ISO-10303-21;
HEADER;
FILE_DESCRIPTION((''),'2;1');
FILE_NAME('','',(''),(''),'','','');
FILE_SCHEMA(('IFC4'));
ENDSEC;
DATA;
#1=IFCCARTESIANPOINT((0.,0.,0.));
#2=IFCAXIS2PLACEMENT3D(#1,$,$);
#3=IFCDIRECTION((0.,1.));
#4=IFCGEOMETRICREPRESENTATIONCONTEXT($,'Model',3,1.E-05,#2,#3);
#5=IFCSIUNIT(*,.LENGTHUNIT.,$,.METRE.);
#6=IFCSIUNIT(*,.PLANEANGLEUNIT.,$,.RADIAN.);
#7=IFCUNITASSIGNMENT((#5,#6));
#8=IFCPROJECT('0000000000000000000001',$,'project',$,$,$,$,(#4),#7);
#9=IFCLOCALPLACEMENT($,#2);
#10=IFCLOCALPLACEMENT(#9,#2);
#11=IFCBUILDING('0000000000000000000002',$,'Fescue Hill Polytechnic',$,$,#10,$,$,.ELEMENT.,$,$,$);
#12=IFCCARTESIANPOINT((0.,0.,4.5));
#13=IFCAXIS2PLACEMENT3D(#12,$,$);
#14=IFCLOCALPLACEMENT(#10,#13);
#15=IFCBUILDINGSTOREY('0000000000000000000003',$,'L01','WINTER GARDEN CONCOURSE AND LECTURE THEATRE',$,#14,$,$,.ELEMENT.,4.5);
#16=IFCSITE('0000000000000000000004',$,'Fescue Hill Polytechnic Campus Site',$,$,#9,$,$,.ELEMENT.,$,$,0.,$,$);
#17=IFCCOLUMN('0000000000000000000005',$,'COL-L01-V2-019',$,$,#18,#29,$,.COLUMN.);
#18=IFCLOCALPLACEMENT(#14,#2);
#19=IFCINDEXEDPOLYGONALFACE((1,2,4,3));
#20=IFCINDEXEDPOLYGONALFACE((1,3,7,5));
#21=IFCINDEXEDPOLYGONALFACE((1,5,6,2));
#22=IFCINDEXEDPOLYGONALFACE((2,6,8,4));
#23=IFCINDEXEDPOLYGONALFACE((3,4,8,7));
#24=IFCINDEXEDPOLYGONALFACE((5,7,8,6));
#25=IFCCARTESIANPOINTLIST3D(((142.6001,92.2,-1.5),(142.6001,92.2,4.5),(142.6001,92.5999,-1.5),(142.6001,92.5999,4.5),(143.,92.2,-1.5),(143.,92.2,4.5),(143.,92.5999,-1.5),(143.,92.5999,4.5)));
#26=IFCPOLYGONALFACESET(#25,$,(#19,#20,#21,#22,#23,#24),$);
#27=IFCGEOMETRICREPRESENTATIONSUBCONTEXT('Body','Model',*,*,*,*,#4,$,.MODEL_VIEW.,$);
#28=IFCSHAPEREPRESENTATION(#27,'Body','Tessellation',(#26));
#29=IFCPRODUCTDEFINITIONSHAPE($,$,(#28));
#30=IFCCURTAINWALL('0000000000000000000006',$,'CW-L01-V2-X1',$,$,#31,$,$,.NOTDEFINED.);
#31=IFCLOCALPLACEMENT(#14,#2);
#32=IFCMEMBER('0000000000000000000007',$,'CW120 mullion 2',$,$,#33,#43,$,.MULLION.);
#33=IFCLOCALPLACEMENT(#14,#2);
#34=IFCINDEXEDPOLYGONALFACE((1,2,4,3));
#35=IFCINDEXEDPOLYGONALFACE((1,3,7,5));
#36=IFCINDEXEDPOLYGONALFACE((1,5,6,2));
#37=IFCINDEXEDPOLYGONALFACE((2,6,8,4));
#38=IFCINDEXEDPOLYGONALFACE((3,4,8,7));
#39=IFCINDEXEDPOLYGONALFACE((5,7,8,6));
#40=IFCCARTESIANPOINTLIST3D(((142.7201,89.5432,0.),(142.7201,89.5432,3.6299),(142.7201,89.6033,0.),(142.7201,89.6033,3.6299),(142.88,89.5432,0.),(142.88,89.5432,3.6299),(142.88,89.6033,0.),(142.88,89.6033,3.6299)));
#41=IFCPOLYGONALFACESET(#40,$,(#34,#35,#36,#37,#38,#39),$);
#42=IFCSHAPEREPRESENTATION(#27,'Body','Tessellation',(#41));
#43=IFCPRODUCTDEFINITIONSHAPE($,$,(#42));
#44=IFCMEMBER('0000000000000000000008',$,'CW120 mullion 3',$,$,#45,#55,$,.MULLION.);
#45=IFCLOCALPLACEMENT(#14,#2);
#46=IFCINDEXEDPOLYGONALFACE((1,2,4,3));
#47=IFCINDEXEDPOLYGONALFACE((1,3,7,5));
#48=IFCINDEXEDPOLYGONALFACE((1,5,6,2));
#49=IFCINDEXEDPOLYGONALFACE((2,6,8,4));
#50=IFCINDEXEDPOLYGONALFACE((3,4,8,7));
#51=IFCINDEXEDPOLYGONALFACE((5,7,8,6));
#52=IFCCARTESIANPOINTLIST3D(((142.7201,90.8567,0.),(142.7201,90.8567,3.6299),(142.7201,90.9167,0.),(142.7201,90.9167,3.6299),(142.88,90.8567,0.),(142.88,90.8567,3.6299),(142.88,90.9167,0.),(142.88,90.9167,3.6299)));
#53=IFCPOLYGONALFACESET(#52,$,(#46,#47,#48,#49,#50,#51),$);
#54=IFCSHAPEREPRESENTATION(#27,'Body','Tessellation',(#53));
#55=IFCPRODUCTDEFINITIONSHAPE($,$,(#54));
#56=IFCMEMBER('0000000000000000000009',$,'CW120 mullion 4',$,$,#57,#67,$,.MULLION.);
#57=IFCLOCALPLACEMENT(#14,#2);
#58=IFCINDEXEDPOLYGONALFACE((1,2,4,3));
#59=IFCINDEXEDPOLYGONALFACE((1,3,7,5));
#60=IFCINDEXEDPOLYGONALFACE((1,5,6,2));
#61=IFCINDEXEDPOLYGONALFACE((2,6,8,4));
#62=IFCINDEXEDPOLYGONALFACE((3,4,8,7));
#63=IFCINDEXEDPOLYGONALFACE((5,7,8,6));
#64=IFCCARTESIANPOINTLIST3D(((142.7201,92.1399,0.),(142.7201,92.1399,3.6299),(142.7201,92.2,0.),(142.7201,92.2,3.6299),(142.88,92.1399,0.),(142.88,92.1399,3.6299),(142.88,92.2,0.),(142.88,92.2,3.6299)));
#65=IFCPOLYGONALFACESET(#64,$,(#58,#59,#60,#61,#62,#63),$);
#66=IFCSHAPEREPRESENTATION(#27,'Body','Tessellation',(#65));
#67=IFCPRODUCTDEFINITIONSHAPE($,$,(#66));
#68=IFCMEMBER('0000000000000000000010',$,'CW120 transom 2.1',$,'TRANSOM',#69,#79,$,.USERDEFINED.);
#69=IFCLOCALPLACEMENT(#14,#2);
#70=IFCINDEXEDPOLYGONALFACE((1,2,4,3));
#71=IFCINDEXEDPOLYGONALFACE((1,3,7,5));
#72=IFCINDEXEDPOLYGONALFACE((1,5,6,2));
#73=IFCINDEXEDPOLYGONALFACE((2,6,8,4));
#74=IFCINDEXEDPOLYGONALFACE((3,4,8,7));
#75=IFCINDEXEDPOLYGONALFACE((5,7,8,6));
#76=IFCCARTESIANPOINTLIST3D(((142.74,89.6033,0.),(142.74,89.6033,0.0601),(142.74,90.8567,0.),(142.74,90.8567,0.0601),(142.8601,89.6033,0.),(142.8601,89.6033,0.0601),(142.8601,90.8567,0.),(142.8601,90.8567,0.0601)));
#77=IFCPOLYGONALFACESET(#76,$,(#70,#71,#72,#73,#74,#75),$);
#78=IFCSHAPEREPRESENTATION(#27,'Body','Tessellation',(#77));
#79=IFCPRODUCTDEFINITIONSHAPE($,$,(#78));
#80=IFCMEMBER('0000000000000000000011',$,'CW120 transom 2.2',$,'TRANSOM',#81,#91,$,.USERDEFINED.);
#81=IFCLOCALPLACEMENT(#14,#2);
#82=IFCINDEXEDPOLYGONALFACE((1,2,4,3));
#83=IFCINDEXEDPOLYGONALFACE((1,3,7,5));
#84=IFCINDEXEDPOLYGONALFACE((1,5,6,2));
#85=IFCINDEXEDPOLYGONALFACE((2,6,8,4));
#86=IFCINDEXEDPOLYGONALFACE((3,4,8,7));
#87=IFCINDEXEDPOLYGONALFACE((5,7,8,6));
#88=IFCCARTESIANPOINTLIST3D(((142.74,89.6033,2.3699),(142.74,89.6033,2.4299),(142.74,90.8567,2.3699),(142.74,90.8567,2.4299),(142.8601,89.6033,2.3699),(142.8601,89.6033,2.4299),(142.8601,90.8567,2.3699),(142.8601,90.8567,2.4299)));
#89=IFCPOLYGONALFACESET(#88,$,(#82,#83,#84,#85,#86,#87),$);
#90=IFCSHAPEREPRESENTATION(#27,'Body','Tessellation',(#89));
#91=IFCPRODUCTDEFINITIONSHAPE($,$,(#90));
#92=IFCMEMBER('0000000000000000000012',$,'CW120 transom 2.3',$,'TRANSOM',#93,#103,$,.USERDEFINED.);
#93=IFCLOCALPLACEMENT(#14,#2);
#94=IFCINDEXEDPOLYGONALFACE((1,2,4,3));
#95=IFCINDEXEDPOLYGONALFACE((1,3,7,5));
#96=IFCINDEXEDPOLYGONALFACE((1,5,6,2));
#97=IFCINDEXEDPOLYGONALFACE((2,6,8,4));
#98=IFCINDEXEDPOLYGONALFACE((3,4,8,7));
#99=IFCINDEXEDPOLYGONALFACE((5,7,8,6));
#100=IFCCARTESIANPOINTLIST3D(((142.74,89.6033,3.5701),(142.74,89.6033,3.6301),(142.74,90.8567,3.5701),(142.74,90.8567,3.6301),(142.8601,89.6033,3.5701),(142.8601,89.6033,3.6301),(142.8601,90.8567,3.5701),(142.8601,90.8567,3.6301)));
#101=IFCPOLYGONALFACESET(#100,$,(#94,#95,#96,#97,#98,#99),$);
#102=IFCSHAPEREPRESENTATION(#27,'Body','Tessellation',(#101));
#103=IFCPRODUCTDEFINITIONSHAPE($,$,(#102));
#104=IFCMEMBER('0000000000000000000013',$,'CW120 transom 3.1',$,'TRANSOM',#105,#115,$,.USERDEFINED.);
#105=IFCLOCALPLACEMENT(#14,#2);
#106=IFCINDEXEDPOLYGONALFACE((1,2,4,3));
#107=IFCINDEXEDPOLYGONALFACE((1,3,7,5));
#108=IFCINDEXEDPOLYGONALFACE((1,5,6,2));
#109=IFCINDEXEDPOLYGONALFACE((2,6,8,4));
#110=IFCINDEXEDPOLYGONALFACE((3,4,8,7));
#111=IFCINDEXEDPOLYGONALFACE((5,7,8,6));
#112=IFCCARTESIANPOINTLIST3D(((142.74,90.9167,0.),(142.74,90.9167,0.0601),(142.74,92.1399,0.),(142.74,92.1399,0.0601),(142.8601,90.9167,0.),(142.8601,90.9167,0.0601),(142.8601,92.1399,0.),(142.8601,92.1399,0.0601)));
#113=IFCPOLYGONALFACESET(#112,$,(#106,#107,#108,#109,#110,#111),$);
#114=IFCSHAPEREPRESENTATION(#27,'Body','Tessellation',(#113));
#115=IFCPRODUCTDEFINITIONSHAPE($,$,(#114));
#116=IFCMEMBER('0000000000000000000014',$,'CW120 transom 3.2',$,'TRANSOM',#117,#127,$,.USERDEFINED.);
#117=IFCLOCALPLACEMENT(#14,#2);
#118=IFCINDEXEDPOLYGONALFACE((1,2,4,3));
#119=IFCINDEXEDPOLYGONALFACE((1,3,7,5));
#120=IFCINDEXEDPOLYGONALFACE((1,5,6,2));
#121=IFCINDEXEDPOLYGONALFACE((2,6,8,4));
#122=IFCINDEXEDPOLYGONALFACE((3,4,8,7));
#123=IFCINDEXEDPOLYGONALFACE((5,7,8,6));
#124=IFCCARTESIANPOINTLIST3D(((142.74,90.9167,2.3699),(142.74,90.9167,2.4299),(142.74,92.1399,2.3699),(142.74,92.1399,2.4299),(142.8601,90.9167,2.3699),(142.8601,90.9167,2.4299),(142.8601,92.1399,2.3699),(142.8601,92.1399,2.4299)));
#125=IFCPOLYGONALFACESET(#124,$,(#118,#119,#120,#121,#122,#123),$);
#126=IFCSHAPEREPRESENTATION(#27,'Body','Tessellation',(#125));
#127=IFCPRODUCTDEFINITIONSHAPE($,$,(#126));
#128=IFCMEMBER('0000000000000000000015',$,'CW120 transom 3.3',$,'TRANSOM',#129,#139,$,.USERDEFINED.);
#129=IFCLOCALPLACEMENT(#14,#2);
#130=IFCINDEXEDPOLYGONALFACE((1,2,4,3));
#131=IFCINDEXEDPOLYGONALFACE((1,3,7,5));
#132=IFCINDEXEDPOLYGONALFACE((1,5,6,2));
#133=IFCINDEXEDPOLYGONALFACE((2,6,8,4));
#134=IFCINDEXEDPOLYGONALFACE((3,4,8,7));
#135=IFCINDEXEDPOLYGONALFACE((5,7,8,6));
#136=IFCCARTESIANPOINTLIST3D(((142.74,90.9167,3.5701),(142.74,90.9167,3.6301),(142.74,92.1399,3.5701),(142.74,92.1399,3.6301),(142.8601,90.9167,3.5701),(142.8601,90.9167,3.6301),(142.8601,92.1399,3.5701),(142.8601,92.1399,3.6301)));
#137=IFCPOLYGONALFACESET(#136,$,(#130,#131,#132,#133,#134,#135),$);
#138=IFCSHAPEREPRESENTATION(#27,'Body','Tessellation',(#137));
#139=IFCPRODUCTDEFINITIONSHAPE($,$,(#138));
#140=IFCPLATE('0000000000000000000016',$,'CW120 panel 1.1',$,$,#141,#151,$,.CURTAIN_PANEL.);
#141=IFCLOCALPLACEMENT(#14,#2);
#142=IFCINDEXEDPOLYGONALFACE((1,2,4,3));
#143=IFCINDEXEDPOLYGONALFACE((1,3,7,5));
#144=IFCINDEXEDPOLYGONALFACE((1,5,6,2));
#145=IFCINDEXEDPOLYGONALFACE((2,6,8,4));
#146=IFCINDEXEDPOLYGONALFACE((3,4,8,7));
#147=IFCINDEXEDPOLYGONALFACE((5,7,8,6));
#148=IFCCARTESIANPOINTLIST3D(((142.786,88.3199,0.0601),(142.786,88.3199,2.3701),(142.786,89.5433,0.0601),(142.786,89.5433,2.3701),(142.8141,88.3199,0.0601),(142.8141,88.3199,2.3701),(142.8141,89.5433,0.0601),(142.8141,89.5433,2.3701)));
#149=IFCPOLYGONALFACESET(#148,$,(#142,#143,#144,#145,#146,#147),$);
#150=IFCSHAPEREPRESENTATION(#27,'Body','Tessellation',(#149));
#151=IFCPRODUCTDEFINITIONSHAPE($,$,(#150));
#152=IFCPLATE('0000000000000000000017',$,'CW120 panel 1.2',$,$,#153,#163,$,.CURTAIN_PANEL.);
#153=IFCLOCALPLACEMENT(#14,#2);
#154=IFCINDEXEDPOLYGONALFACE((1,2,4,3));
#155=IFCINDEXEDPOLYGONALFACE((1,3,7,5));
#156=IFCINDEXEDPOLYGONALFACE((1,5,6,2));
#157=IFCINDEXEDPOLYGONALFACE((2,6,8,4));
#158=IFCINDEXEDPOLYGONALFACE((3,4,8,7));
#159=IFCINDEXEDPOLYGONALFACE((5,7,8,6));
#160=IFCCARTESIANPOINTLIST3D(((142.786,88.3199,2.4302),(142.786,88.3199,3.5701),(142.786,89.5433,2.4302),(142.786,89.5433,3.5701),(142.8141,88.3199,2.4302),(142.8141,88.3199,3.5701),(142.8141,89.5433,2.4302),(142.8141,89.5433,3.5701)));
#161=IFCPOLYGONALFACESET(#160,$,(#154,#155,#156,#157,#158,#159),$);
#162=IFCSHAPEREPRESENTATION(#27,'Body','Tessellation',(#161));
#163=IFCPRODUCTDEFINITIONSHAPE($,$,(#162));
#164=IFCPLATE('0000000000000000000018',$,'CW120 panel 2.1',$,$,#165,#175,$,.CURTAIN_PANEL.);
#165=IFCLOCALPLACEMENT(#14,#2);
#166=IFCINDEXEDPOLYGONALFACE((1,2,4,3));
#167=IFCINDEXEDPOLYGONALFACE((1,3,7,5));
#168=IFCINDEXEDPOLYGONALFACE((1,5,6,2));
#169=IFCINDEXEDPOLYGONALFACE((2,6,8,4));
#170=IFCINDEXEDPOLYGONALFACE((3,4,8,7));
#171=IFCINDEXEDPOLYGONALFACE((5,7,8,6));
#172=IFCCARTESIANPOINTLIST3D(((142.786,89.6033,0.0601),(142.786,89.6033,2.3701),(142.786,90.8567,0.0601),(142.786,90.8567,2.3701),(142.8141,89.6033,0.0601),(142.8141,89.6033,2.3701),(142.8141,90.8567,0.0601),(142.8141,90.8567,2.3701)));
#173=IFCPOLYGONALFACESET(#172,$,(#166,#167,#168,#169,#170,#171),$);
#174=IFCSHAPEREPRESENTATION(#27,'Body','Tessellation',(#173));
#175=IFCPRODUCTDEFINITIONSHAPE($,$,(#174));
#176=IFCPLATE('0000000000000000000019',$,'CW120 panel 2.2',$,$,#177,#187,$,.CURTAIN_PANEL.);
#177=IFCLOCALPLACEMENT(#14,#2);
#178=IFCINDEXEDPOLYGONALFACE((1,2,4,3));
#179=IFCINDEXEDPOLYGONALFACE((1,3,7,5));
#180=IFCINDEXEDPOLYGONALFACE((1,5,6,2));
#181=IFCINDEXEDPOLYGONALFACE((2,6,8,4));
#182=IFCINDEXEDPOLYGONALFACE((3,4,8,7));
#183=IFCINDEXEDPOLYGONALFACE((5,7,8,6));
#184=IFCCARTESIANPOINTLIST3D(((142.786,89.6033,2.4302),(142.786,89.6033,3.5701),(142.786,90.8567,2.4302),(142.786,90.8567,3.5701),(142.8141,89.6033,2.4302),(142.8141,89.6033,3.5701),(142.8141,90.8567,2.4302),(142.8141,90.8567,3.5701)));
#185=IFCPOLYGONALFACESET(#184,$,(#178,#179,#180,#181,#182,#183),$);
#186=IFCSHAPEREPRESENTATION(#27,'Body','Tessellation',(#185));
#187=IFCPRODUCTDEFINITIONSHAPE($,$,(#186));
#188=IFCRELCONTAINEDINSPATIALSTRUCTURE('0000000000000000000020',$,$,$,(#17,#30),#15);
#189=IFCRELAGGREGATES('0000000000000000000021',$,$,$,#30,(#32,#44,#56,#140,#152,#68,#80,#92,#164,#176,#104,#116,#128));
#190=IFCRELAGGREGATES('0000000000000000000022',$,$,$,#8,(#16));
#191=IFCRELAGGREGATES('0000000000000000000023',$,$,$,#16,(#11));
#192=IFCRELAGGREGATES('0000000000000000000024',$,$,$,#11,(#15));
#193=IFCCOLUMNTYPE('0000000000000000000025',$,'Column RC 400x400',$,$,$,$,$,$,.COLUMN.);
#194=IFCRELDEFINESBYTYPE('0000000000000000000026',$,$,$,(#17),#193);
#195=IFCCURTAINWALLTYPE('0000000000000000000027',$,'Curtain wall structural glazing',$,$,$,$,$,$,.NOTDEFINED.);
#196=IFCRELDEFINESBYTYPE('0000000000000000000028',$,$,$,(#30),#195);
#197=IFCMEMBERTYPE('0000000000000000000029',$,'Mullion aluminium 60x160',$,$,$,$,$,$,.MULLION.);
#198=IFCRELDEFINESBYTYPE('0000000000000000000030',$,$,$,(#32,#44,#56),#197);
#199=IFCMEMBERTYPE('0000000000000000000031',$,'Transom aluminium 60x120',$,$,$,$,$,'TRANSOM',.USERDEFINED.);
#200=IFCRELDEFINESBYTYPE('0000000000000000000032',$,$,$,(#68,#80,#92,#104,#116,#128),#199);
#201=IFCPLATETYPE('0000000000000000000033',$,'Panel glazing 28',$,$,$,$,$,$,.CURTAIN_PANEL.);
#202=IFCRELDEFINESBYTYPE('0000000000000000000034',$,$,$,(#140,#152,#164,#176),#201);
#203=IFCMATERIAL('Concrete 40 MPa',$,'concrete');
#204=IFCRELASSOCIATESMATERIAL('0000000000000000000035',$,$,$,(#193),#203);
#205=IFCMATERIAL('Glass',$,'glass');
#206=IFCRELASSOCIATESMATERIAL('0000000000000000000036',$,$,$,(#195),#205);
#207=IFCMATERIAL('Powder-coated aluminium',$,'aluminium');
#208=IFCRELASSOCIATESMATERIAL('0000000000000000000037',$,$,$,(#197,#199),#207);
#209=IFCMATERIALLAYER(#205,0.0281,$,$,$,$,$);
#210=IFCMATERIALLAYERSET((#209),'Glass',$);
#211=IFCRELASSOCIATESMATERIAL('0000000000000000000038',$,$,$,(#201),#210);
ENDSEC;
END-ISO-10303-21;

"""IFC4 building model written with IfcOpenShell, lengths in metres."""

from ifc_helpers import new_model, si_unit, direction, frame, origin, origin_2d, place, context, subcontext, project, spatial, rectangle, extrude, material, layer, layer_set, material_profile, profile_set, type_object, element, aggregate, save


model = new_model("IFC4")

# Units and contexts
model_context = context("Model", 3, precision=1e-05, world=origin(), true_north=direction((0.0, 1.0)))
body_context = subcontext(model_context, "Body", "Model", "MODEL_VIEW")
ifc_project = project(units=[si_unit("LENGTHUNIT", "METRE"), si_unit("PLANEANGLEUNIT", "RADIAN")], contexts=[model_context])

# Site, building, storey
site_placement = place(None, origin())
site = spatial("IfcSite", under=ifc_project, at=site_placement, Name="Fescue Hill Polytechnic Campus Site", CompositionType="ELEMENT", RefElevation=0.0)
building_placement = place(site_placement, origin())
building = spatial("IfcBuilding", under=site, at=building_placement, Name="Fescue Hill Polytechnic", CompositionType="ELEMENT")
storey_placement = place(building_placement, frame((0.0, 0.0, 4.5)))
storey = spatial("IfcBuildingStorey", under=building, at=storey_placement, Name="L01", Description="WINTER GARDEN CONCOURSE AND LECTURE THEATRE", CompositionType="ELEMENT", Elevation=4.5)

# Column
ifc_material_1 = material(Name="Concrete 40 MPa", Category="concrete")
ifc_material_profile_1 = material_profile(ifc_material_1, rectangle(XDim=0.3999, YDim=0.3999, at=origin_2d()), Name="RC 400x400")
ifc_profile_set_1 = profile_set([ifc_material_profile_1], Name="Concrete 40 MPa")
column_type = type_object("IfcColumnType", Name="Column RC 400x400", PredefinedType="COLUMN", material=ifc_profile_set_1)
column_placement = place(storey_placement, frame((142.8, 92.3999, -1.5), z_axis=(0.0, 0.0, 1.0), x_axis=(1.0, 0.0, 0.0)))
element("IfcColumn", 1, at=column_placement, inside=storey, type_object=column_type, Name="COL-L01-V2-019", PredefinedType="COLUMN", context=body_context, shape_type="SweptSolid", body=[
    extrude(rectangle(XDim=0.3999, YDim=0.3999, at=origin_2d()), origin(), (0.0, 0.0, 1.0), 6.0),
])

# Curtain wall, members, plates
ifc_material_2 = material(Name="Glass", Category="glass")
curtain_wall_type = type_object("IfcCurtainWallType", Name="Curtain wall structural glazing", PredefinedType="NOTDEFINED", material=ifc_material_2)
curtain_wall_placement = place(storey_placement, origin())
curtain_wall = element("IfcCurtainWall", 2, at=curtain_wall_placement, inside=storey, type_object=curtain_wall_type, Name="CW-L01-V2-X1", PredefinedType="NOTDEFINED")
ifc_material_3 = material(Name="Powder-coated aluminium", Category="aluminium")
ifc_material_profile_2 = material_profile(ifc_material_3, rectangle(XDim=0.1599, YDim=0.0601, at=origin_2d()), Name="Mullion aluminium 60x160")
ifc_profile_set_2 = profile_set([ifc_material_profile_2], Name="Powder-coated aluminium")
member_type_1 = type_object("IfcMemberType", Name="Mullion aluminium 60x160", PredefinedType="MULLION", material=ifc_profile_set_2)
member_1_placement = place(storey_placement, frame((142.8, 89.5732, 0.0), z_axis=(0.0, 0.0, 1.0), x_axis=(-1.0, 0.0, 0.0)))
member_1 = element("IfcMember", 3, at=member_1_placement, type_object=member_type_1, Name="CW120 mullion 2", PredefinedType="MULLION", context=body_context, shape_type="SweptSolid", body=[
    extrude(rectangle(XDim=0.1599, YDim=0.0601, at=origin_2d()), origin(), (0.0, 0.0, 1.0), 3.6299),
])
member_2_placement = place(storey_placement, frame((142.8, 90.8867, 0.0), z_axis=(0.0, 0.0, 1.0), x_axis=(-1.0, 0.0, 0.0)))
member_2 = element("IfcMember", 4, at=member_2_placement, type_object=member_type_1, Name="CW120 mullion 3", PredefinedType="MULLION", context=body_context, shape_type="SweptSolid", body=[
    extrude(rectangle(XDim=0.1599, YDim=0.0601, at=origin_2d()), origin(), (0.0, 0.0, 1.0), 3.6299),
])
member_3_placement = place(storey_placement, frame((142.8, 92.1699, 0.0), z_axis=(0.0, 0.0, 1.0), x_axis=(-1.0, 0.0, 0.0)))
member_3 = element("IfcMember", 5, at=member_3_placement, type_object=member_type_1, Name="CW120 mullion 4", PredefinedType="MULLION", context=body_context, shape_type="SweptSolid", body=[
    extrude(rectangle(XDim=0.1599, YDim=0.0601, at=origin_2d()), origin(), (0.0, 0.0, 1.0), 3.6299),
])
ifc_material_profile_3 = material_profile(ifc_material_3, rectangle(XDim=0.1201, YDim=0.0601, at=origin_2d()), Name="Transom aluminium 60x120")
ifc_profile_set_3 = profile_set([ifc_material_profile_3], Name="Powder-coated aluminium")
member_type_2 = type_object("IfcMemberType", Name="Transom aluminium 60x120", ElementType="TRANSOM", PredefinedType="USERDEFINED", material=ifc_profile_set_3)
member_4_placement = place(storey_placement, frame((142.8, 89.6033, 0.03), z_axis=(0.0, 1.0, 0.0), x_axis=(-1.0, 0.0, 0.0)))
member_4 = element("IfcMember", 6, at=member_4_placement, type_object=member_type_2, Name="CW120 transom 2.1", ObjectType="TRANSOM", PredefinedType="USERDEFINED", context=body_context, shape_type="SweptSolid", body=[
    extrude(rectangle(XDim=0.1201, YDim=0.0601, at=origin_2d()), origin(), (0.0, 0.0, 1.0), 1.2534),
])
member_5_placement = place(storey_placement, frame((142.8, 89.6033, 2.3999), z_axis=(0.0, 1.0, 0.0), x_axis=(-1.0, 0.0, 0.0)))
member_5 = element("IfcMember", 7, at=member_5_placement, type_object=member_type_2, Name="CW120 transom 2.2", ObjectType="TRANSOM", PredefinedType="USERDEFINED", context=body_context, shape_type="SweptSolid", body=[
    extrude(rectangle(XDim=0.1201, YDim=0.0601, at=origin_2d()), origin(), (0.0, 0.0, 1.0), 1.2534),
])
member_6_placement = place(storey_placement, frame((142.8, 89.6033, 3.6001), z_axis=(0.0, 1.0, 0.0), x_axis=(-1.0, 0.0, 0.0)))
member_6 = element("IfcMember", 8, at=member_6_placement, type_object=member_type_2, Name="CW120 transom 2.3", ObjectType="TRANSOM", PredefinedType="USERDEFINED", context=body_context, shape_type="SweptSolid", body=[
    extrude(rectangle(XDim=0.1201, YDim=0.0601, at=origin_2d()), origin(), (0.0, 0.0, 1.0), 1.2534),
])
member_7_placement = place(storey_placement, frame((142.8, 90.9167, 0.03), z_axis=(0.0, 1.0, 0.0), x_axis=(-1.0, 0.0, 0.0)))
member_7 = element("IfcMember", 9, at=member_7_placement, type_object=member_type_2, Name="CW120 transom 3.1", ObjectType="TRANSOM", PredefinedType="USERDEFINED", context=body_context, shape_type="SweptSolid", body=[
    extrude(rectangle(XDim=0.1201, YDim=0.0601, at=origin_2d()), origin(), (0.0, 0.0, 1.0), 1.2231),
])
member_8_placement = place(storey_placement, frame((142.8, 90.9167, 2.3999), z_axis=(0.0, 1.0, 0.0), x_axis=(-1.0, 0.0, 0.0)))
member_8 = element("IfcMember", 10, at=member_8_placement, type_object=member_type_2, Name="CW120 transom 3.2", ObjectType="TRANSOM", PredefinedType="USERDEFINED", context=body_context, shape_type="SweptSolid", body=[
    extrude(rectangle(XDim=0.1201, YDim=0.0601, at=origin_2d()), origin(), (0.0, 0.0, 1.0), 1.2231),
])
member_9_placement = place(storey_placement, frame((142.8, 90.9167, 3.6001), z_axis=(0.0, 1.0, 0.0), x_axis=(-1.0, 0.0, 0.0)))
member_9 = element("IfcMember", 11, at=member_9_placement, type_object=member_type_2, Name="CW120 transom 3.3", ObjectType="TRANSOM", PredefinedType="USERDEFINED", context=body_context, shape_type="SweptSolid", body=[
    extrude(rectangle(XDim=0.1201, YDim=0.0601, at=origin_2d()), origin(), (0.0, 0.0, 1.0), 1.2231),
])
ifc_layer_1 = layer(ifc_material_2, 0.0281)
ifc_layer_set_1 = layer_set([ifc_layer_1], Name="Glass")
plate_type = type_object("IfcPlateType", Name="Panel glazing 28", PredefinedType="CURTAIN_PANEL", material=ifc_layer_set_1)
plate_1_placement = place(storey_placement, frame((142.8, 88.9316, 0.0601), z_axis=(0.0, 0.0, 1.0), x_axis=(0.0, 1.0, 0.0)))
plate_1 = element("IfcPlate", 12, at=plate_1_placement, type_object=plate_type, Name="CW120 panel 1.1", PredefinedType="CURTAIN_PANEL", context=body_context, shape_type="SweptSolid", body=[
    extrude(rectangle(XDim=1.2234, YDim=0.0281, at=origin_2d()), origin(), (0.0, 0.0, 1.0), 2.3101),
])
plate_2_placement = place(storey_placement, frame((142.8, 88.9316, 2.4302), z_axis=(0.0, 0.0, 1.0), x_axis=(0.0, 1.0, 0.0)))
plate_2 = element("IfcPlate", 13, at=plate_2_placement, type_object=plate_type, Name="CW120 panel 1.2", PredefinedType="CURTAIN_PANEL", context=body_context, shape_type="SweptSolid", body=[
    extrude(rectangle(XDim=1.2234, YDim=0.0281, at=origin_2d()), origin(), (0.0, 0.0, 1.0), 1.1399),
])
plate_3_placement = place(storey_placement, frame((142.8, 90.23, 0.0601), z_axis=(0.0, 0.0, 1.0), x_axis=(0.0, 1.0, 0.0)))
plate_3 = element("IfcPlate", 14, at=plate_3_placement, type_object=plate_type, Name="CW120 panel 2.1", PredefinedType="CURTAIN_PANEL", context=body_context, shape_type="SweptSolid", body=[
    extrude(rectangle(XDim=1.2534, YDim=0.0281, at=origin_2d()), origin(), (0.0, 0.0, 1.0), 2.3101),
])
plate_4_placement = place(storey_placement, frame((142.8, 90.23, 2.4302), z_axis=(0.0, 0.0, 1.0), x_axis=(0.0, 1.0, 0.0)))
plate_4 = element("IfcPlate", 15, at=plate_4_placement, type_object=plate_type, Name="CW120 panel 2.2", PredefinedType="CURTAIN_PANEL", context=body_context, shape_type="SweptSolid", body=[
    extrude(rectangle(XDim=1.2534, YDim=0.0281, at=origin_2d()), origin(), (0.0, 0.0, 1.0), 1.1399),
])
aggregate(curtain_wall, [member_1, member_2, member_3, plate_1, plate_2, member_4, member_5, member_6, plate_3, plate_4, member_7, member_8, member_9])

save(model, "model.ifc")
